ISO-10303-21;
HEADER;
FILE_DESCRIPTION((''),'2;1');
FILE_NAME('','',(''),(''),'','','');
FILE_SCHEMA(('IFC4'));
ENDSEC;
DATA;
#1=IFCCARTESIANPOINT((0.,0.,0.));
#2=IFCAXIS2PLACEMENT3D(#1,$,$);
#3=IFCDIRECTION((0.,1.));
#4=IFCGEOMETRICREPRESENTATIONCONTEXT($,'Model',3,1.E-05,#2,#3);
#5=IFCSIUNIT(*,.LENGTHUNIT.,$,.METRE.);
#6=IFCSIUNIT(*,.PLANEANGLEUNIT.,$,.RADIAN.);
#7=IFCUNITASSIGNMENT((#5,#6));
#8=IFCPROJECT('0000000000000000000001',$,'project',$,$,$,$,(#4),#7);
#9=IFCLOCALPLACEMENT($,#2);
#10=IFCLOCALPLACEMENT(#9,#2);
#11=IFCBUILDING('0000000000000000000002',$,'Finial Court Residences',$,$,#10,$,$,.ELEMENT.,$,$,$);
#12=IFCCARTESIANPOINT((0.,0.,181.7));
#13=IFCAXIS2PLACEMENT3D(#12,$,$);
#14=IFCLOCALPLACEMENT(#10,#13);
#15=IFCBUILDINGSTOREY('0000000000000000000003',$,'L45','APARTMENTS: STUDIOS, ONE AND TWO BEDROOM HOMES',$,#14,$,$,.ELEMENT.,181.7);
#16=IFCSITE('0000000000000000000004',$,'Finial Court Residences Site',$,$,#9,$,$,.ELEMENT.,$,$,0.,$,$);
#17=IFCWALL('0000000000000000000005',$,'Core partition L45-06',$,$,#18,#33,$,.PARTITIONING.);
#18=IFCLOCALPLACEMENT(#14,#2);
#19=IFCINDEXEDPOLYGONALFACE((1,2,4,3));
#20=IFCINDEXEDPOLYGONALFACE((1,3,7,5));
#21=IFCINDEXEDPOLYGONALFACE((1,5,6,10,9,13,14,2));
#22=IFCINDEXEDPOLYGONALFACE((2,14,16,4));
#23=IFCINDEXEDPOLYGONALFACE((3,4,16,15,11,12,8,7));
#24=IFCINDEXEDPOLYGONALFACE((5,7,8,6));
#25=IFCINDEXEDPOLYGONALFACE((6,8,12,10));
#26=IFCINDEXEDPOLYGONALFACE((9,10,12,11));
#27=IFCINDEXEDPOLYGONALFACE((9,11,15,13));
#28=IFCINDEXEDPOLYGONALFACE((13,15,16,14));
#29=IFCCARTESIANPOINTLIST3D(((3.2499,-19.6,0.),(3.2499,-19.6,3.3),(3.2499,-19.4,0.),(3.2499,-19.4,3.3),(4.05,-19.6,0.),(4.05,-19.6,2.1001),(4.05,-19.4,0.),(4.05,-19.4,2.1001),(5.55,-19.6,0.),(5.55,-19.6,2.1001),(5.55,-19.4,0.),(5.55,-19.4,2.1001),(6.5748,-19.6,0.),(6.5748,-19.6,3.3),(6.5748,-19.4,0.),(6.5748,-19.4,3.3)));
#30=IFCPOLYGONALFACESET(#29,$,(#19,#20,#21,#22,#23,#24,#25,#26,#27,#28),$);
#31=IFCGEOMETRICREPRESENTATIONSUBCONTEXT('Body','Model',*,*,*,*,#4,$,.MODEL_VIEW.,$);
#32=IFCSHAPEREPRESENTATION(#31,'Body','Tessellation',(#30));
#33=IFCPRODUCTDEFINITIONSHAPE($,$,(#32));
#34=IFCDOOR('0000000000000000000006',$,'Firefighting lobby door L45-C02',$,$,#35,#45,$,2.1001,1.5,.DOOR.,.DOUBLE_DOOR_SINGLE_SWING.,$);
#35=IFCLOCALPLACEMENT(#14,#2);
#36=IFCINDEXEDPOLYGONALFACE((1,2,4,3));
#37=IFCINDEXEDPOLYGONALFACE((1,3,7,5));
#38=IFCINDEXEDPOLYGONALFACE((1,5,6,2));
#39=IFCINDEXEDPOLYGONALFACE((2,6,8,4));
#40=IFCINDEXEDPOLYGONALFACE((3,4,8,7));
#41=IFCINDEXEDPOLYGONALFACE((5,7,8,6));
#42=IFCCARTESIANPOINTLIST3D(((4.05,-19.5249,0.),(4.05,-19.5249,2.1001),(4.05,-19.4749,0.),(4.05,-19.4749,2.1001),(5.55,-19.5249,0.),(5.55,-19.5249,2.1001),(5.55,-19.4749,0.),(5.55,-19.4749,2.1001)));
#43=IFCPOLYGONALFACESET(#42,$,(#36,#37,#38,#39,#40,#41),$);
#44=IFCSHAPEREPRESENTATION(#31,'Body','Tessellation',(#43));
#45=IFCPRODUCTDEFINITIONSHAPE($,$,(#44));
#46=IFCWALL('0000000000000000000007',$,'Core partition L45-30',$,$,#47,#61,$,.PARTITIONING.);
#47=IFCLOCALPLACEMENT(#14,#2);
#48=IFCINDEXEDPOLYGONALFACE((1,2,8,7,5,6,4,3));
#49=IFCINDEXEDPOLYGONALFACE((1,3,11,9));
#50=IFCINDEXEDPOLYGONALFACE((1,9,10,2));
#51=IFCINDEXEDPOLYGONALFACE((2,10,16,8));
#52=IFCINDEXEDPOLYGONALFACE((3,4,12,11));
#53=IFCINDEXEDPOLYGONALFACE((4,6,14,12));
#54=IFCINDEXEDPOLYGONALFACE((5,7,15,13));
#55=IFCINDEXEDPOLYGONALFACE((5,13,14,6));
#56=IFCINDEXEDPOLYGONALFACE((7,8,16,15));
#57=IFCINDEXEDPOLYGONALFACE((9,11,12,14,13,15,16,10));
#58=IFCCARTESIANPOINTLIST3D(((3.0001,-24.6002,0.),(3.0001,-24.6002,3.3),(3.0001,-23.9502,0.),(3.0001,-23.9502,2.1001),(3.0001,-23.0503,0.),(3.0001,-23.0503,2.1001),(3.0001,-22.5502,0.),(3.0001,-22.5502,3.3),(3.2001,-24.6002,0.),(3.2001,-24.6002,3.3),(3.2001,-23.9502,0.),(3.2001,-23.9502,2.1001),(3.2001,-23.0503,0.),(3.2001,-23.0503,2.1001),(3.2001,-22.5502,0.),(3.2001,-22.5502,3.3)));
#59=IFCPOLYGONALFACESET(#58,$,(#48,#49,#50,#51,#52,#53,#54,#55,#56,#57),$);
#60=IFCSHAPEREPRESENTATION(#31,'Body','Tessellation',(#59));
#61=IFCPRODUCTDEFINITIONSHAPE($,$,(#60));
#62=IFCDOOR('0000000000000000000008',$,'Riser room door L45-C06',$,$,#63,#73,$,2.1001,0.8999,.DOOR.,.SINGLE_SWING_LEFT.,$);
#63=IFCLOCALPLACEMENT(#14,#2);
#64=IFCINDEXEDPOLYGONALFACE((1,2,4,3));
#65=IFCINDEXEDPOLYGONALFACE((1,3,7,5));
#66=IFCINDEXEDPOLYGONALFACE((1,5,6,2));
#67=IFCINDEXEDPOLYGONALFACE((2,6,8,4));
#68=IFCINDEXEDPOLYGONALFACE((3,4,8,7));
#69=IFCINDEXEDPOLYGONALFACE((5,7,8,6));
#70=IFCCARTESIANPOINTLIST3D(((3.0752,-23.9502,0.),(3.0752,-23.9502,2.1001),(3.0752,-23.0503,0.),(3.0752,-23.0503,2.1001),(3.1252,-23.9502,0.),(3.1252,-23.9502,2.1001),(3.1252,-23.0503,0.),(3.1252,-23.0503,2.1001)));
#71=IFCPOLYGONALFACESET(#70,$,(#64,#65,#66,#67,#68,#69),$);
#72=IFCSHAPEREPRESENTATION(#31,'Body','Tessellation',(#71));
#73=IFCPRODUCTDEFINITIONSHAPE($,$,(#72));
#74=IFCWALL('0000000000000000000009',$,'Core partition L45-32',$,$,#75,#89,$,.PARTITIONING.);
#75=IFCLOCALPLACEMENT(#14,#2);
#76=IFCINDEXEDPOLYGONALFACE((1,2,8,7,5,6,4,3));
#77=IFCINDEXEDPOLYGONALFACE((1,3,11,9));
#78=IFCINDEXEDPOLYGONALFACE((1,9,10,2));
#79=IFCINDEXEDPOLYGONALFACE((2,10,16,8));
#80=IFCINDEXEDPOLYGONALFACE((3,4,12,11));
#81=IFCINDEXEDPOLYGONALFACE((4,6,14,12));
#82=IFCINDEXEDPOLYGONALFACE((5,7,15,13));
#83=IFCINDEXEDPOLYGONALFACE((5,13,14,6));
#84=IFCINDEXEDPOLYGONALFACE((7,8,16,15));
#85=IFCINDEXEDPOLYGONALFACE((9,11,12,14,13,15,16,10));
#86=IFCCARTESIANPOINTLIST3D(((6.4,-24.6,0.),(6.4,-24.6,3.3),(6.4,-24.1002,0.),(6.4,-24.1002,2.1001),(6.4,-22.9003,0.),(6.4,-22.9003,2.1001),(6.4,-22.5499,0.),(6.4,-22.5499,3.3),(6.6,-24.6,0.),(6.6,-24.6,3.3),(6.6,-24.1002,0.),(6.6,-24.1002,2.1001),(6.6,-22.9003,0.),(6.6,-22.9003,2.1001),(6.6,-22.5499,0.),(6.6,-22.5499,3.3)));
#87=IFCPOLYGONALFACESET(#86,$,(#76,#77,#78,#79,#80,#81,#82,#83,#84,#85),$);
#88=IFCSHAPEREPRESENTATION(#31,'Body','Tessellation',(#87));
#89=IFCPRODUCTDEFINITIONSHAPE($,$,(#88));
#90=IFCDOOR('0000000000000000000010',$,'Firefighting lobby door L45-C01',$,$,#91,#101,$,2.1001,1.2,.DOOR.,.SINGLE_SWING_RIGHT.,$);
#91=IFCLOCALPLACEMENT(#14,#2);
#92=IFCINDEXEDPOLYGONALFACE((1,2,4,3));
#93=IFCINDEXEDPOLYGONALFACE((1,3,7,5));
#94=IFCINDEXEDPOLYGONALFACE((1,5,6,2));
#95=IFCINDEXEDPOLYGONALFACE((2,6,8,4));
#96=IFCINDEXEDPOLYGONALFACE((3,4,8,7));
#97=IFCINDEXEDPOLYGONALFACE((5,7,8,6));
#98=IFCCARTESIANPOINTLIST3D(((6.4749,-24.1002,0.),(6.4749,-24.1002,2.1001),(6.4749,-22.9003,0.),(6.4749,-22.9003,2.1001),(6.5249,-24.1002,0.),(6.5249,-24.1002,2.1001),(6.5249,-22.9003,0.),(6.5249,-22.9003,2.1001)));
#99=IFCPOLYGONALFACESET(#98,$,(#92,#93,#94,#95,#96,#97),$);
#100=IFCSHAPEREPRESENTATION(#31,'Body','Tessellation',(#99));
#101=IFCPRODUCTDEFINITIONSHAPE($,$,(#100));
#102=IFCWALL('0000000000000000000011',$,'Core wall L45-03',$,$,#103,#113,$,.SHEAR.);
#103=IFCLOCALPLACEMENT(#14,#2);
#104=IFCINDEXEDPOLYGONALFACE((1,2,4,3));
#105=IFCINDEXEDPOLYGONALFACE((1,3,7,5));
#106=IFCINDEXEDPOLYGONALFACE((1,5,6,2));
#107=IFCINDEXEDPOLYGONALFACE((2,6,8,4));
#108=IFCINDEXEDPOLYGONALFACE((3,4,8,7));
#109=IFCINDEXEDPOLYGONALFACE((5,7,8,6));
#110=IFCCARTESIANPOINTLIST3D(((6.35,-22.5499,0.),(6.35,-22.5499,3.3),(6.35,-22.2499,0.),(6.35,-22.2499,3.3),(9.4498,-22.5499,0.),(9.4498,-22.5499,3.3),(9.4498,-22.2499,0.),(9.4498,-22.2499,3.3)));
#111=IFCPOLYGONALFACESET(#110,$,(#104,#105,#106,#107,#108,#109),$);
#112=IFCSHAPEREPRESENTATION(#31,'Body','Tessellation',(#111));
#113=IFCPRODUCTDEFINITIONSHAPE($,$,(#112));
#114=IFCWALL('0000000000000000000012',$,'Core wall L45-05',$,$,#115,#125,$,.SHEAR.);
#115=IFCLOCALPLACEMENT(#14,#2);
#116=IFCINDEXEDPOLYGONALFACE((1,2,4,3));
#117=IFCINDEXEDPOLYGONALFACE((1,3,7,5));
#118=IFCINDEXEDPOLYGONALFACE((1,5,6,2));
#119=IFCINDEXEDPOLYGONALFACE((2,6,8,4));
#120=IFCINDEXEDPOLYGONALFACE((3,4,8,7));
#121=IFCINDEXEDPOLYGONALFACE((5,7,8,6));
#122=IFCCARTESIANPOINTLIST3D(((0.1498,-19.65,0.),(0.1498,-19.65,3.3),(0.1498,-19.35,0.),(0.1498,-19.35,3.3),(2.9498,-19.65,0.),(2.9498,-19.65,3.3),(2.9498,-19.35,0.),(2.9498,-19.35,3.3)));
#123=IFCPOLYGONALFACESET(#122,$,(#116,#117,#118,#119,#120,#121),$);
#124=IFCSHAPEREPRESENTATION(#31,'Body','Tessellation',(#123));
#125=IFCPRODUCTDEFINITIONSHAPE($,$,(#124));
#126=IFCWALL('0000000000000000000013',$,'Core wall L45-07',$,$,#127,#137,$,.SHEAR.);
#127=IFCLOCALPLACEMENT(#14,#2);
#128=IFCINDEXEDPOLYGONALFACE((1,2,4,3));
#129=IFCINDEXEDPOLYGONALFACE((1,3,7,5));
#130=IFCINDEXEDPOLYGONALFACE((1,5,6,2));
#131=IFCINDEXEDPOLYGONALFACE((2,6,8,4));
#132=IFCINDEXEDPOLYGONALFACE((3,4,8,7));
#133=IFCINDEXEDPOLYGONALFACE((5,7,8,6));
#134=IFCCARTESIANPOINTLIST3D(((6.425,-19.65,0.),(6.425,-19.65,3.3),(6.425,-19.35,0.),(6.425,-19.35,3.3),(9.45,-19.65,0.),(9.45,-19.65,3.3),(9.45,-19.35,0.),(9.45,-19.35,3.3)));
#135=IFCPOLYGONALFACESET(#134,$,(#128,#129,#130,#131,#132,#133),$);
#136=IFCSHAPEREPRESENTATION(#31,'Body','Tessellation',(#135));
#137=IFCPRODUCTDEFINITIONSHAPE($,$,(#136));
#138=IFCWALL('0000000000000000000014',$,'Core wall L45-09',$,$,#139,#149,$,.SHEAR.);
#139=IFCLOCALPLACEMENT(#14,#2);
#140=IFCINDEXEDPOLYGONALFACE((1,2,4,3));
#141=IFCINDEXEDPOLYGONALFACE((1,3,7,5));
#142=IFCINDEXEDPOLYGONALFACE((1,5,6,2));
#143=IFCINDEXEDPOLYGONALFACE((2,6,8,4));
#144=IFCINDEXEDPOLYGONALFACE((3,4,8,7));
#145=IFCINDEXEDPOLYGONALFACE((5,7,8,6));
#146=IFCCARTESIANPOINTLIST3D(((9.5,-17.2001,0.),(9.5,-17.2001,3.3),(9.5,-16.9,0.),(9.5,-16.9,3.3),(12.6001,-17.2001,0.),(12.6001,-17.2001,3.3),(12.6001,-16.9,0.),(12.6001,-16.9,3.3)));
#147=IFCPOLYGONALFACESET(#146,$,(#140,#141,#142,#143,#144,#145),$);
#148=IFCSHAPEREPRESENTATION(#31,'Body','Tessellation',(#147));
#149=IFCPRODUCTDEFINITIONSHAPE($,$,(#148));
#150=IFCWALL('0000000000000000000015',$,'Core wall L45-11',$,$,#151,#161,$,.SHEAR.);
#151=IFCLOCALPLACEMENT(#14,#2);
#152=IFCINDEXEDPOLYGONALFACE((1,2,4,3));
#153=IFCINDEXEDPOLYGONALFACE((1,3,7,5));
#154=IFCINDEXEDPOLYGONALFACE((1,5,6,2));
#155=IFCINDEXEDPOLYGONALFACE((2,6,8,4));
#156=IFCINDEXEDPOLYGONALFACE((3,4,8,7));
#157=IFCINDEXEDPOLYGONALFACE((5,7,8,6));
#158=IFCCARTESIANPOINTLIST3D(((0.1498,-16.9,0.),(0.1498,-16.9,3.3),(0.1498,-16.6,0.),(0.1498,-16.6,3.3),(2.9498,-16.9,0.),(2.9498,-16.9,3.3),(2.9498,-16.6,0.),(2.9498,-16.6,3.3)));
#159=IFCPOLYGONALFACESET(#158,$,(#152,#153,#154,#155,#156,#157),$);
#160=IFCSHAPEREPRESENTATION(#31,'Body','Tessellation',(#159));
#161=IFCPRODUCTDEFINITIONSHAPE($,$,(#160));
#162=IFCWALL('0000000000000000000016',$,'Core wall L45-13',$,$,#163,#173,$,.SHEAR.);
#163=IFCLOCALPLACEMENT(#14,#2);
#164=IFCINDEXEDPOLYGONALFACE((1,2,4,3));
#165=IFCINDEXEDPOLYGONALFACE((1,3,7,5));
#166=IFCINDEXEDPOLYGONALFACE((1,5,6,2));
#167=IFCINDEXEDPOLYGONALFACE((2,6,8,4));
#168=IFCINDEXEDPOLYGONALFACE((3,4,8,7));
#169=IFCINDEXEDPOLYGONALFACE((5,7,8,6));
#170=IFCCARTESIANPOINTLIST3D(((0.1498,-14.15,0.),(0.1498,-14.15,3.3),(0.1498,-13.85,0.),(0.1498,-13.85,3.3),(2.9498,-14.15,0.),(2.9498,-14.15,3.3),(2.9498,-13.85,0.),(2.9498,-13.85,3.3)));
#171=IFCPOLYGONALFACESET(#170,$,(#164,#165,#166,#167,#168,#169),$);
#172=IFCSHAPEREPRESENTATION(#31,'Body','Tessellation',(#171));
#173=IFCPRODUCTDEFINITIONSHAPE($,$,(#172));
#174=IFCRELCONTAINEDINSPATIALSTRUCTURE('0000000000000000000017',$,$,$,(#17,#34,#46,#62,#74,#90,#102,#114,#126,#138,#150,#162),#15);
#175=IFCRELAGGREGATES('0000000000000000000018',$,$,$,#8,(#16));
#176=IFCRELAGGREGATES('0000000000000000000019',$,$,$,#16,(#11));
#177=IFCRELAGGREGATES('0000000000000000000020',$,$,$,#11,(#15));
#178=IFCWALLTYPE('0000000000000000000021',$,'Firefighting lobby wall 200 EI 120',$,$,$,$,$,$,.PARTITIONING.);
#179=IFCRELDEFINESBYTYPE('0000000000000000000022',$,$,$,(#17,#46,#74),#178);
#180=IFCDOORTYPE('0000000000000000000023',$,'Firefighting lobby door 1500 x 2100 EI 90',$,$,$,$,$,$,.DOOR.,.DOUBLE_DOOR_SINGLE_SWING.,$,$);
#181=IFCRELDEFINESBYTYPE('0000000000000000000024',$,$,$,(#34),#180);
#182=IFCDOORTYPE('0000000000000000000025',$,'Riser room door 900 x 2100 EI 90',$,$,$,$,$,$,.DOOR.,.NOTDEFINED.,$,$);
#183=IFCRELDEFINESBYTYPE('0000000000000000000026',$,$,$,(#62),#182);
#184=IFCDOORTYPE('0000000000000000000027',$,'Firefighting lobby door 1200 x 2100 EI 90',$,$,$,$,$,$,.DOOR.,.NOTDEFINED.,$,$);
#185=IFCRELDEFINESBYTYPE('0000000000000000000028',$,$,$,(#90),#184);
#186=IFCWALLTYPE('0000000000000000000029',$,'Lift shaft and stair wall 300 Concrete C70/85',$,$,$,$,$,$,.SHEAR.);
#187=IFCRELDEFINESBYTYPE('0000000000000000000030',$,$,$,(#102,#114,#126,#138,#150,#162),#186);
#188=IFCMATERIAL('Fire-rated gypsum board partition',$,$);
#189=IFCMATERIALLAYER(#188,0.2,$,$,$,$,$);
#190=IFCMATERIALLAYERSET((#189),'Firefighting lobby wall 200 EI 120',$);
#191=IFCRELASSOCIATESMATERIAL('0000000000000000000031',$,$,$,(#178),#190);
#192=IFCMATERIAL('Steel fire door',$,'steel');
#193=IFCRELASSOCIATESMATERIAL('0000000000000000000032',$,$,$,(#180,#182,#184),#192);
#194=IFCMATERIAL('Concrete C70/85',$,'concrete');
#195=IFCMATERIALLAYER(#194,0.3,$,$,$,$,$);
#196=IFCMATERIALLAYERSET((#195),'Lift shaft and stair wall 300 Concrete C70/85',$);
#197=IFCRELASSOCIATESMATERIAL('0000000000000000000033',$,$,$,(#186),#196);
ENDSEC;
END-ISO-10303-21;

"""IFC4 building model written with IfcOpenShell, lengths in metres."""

from ifc_helpers import new_model, si_unit, direction, frame, frame_2d, origin, place, context, subcontext, project, spatial, rectangle, extrude, material, layer, layer_set, type_object, element, fill, save


model = new_model("IFC4")

# Units and contexts
model_context = context("Model", 3, precision=1e-05, world=origin(), true_north=direction((0.0, 1.0)))
body_context = subcontext(model_context, "Body", "Model", "MODEL_VIEW")
ifc_project = project(units=[si_unit("LENGTHUNIT", "METRE"), si_unit("PLANEANGLEUNIT", "RADIAN")], contexts=[model_context])

# Site, building, storey
site_placement = place(None, origin())
site = spatial("IfcSite", under=ifc_project, at=site_placement, Name="Finial Court Residences Site", CompositionType="ELEMENT", RefElevation=0.0)
building_placement = place(site_placement, origin())
building = spatial("IfcBuilding", under=site, at=building_placement, Name="Finial Court Residences", CompositionType="ELEMENT")
storey_placement = place(building_placement, frame((0.0, 0.0, 181.7)))
storey = spatial("IfcBuildingStorey", under=building, at=storey_placement, Name="L45", Description="APARTMENTS: STUDIOS, ONE AND TWO BEDROOM HOMES", CompositionType="ELEMENT", Elevation=181.7)

# Walls, openings, doors
ifc_material_1 = material(Name="Fire-rated gypsum board partition")
ifc_layer_1 = layer(ifc_material_1, 0.2)
ifc_layer_set_1 = layer_set([ifc_layer_1], Name="Firefighting lobby wall 200 EI 120")
wall_type_1 = type_object("IfcWallType", Name="Firefighting lobby wall 200 EI 120", PredefinedType="PARTITIONING", material=ifc_layer_set_1)
wall_1_placement = place(storey_placement, frame((6.575, -19.5, 0.0), z_axis=(0.0, 0.0, 1.0), x_axis=(-1.0, 0.0, 0.0)))
wall_1 = element("IfcWall", 1, at=wall_1_placement, inside=storey, type_object=wall_type_1, Name="Core partition L45-06", PredefinedType="PARTITIONING", context=body_context, shape_type="SweptSolid", body=[
    extrude(rectangle(XDim=3.325, YDim=0.2, at=frame_2d((1.6626, 0.0))), origin(), (0.0, 0.0, 1.0), 3.3),
])
opening_1_placement = place(wall_1_placement, frame((1.0249, 0.0, 0.0)))
opening_1 = element("IfcOpeningElement", 2, at=opening_1_placement, cuts=wall_1, PredefinedType="OPENING", context=body_context, shape_type="SweptSolid", body=[
    extrude(rectangle(XDim=1.5, YDim=2.1001, at=frame_2d((0.75, 1.05))), frame((0.0, 0.1099, 0.0), z_axis=(0.0, -1.0, 0.0), x_axis=(1.0, 0.0, 0.0)), (0.0, 0.0, 1.0), 0.22),
])
ifc_material_2 = material(Name="Steel fire door", Category="steel")
door_type_1 = type_object("IfcDoorType", Name="Firefighting lobby door 1500 x 2100 EI 90", OperationType="DOUBLE_DOOR_SINGLE_SWING", PredefinedType="DOOR", material=ifc_material_2)
door_1_placement = place(opening_1_placement, origin())
door_1 = element("IfcDoor", 3, at=door_1_placement, inside=storey, type_object=door_type_1, Name="Firefighting lobby door L45-C02", OperationType="DOUBLE_DOOR_SINGLE_SWING", OverallHeight=2.1001, OverallWidth=1.5, PredefinedType="DOOR", context=body_context, shape_type="SweptSolid", body=[
    extrude(rectangle(XDim=1.5, YDim=2.1001, at=frame_2d((0.75, 1.05))), frame((0.0, 0.0249, 0.0), z_axis=(0.0, -1.0, 0.0), x_axis=(1.0, 0.0, 0.0)), (0.0, 0.0, 1.0), 0.05),
])
fill(opening_1, door_1)
wall_2_placement = place(storey_placement, frame((3.1001, -24.6001, 0.0), z_axis=(0.0, 0.0, 1.0), x_axis=(0.0, 1.0, 0.0)))
wall_2 = element("IfcWall", 4, at=wall_2_placement, inside=storey, type_object=wall_type_1, Name="Core partition L45-30", PredefinedType="PARTITIONING", context=body_context, shape_type="SweptSolid", body=[
    extrude(rectangle(XDim=2.05, YDim=0.2, at=frame_2d((1.0249, 0.0))), origin(), (0.0, 0.0, 1.0), 3.3),
])
opening_2_placement = place(wall_2_placement, frame((0.6499, 0.0, 0.0)))
opening_2 = element("IfcOpeningElement", 5, at=opening_2_placement, cuts=wall_2, PredefinedType="OPENING", context=body_context, shape_type="SweptSolid", body=[
    extrude(rectangle(XDim=0.8999, YDim=2.1001, at=frame_2d((0.45, 1.05))), frame((0.0, 0.1099, 0.0), z_axis=(0.0, -1.0, 0.0), x_axis=(1.0, 0.0, 0.0)), (0.0, 0.0, 1.0), 0.22),
])
door_type_2 = type_object("IfcDoorType", Name="Riser room door 900 x 2100 EI 90", OperationType="NOTDEFINED", PredefinedType="DOOR", material=ifc_material_2)
door_2_placement = place(opening_2_placement, origin())
door_2 = element("IfcDoor", 6, at=door_2_placement, inside=storey, type_object=door_type_2, Name="Riser room door L45-C06", OperationType="SINGLE_SWING_LEFT", OverallHeight=2.1001, OverallWidth=0.8999, PredefinedType="DOOR", context=body_context, shape_type="SweptSolid", body=[
    extrude(rectangle(XDim=0.8999, YDim=2.1001, at=frame_2d((0.45, 1.05))), frame((0.0, 0.0249, 0.0), z_axis=(0.0, -1.0, 0.0), x_axis=(1.0, 0.0, 0.0)), (0.0, 0.0, 1.0), 0.05),
])
fill(opening_2, door_2)
wall_3_placement = place(storey_placement, frame((6.5, -22.55, 0.0), z_axis=(0.0, 0.0, 1.0), x_axis=(0.0, -1.0, 0.0)))
wall_3 = element("IfcWall", 7, at=wall_3_placement, inside=storey, type_object=wall_type_1, Name="Core partition L45-32", PredefinedType="PARTITIONING", context=body_context, shape_type="SweptSolid", body=[
    extrude(rectangle(XDim=2.05, YDim=0.2, at=frame_2d((1.0249, 0.0))), origin(), (0.0, 0.0, 1.0), 3.3),
])
opening_3_placement = place(wall_3_placement, frame((0.3501, 0.0, 0.0)))
opening_3 = element("IfcOpeningElement", 8, at=opening_3_placement, cuts=wall_3, PredefinedType="OPENING", context=body_context, shape_type="SweptSolid", body=[
    extrude(rectangle(XDim=1.2, YDim=2.1001, at=frame_2d((0.6001, 1.05))), frame((0.0, 0.1099, 0.0), z_axis=(0.0, -1.0, 0.0), x_axis=(1.0, 0.0, 0.0)), (0.0, 0.0, 1.0), 0.22),
])
door_type_3 = type_object("IfcDoorType", Name="Firefighting lobby door 1200 x 2100 EI 90", OperationType="NOTDEFINED", PredefinedType="DOOR", material=ifc_material_2)
door_3_placement = place(opening_3_placement, origin())
door_3 = element("IfcDoor", 9, at=door_3_placement, inside=storey, type_object=door_type_3, Name="Firefighting lobby door L45-C01", OperationType="SINGLE_SWING_RIGHT", OverallHeight=2.1001, OverallWidth=1.2, PredefinedType="DOOR", context=body_context, shape_type="SweptSolid", body=[
    extrude(rectangle(XDim=1.2, YDim=2.1001, at=frame_2d((0.6001, 1.05))), frame((0.0, 0.0249, 0.0), z_axis=(0.0, -1.0, 0.0), x_axis=(1.0, 0.0, 0.0)), (0.0, 0.0, 1.0), 0.05),
])
fill(opening_3, door_3)

# Walls
ifc_material_3 = material(Name="Concrete C70/85", Category="concrete")
ifc_layer_2 = layer(ifc_material_3, 0.3)
ifc_layer_set_2 = layer_set([ifc_layer_2], Name="Lift shaft and stair wall 300 Concrete C70/85")
wall_type_2 = type_object("IfcWallType", Name="Lift shaft and stair wall 300 Concrete C70/85", PredefinedType="SHEAR", material=ifc_layer_set_2)
wall_4_placement = place(storey_placement, frame((6.3501, -22.3999, 0.0), z_axis=(0.0, 0.0, 1.0), x_axis=(1.0, 0.0, 0.0)))
element("IfcWall", 10, at=wall_4_placement, inside=storey, type_object=wall_type_2, Name="Core wall L45-03", PredefinedType="SHEAR", context=body_context, shape_type="SweptSolid", body=[
    extrude(rectangle(XDim=3.0999, YDim=0.3, at=frame_2d((1.5498, 0.0))), origin(), (0.0, 0.0, 1.0), 3.3),
])
wall_5_placement = place(storey_placement, frame((0.1499, -19.5, 0.0), z_axis=(0.0, 0.0, 1.0), x_axis=(1.0, 0.0, 0.0)))
element("IfcWall", 11, at=wall_5_placement, inside=storey, type_object=wall_type_2, Name="Core wall L45-05", PredefinedType="SHEAR", context=body_context, shape_type="SweptSolid", body=[
    extrude(rectangle(XDim=2.8, YDim=0.3, at=frame_2d((1.3999, 0.0))), origin(), (0.0, 0.0, 1.0), 3.3),
])
wall_6_placement = place(storey_placement, frame((6.425, -19.5, 0.0), z_axis=(0.0, 0.0, 1.0), x_axis=(1.0, 0.0, 0.0)))
element("IfcWall", 12, at=wall_6_placement, inside=storey, type_object=wall_type_2, Name="Core wall L45-07", PredefinedType="SHEAR", context=body_context, shape_type="SweptSolid", body=[
    extrude(rectangle(XDim=3.0249, YDim=0.3, at=frame_2d((1.5125, 0.0))), origin(), (0.0, 0.0, 1.0), 3.3),
])
wall_7_placement = place(storey_placement, frame((9.5, -17.05, 0.0), z_axis=(0.0, 0.0, 1.0), x_axis=(1.0, 0.0, 0.0)))
element("IfcWall", 13, at=wall_7_placement, inside=storey, type_object=wall_type_2, Name="Core wall L45-09", PredefinedType="SHEAR", context=body_context, shape_type="SweptSolid", body=[
    extrude(rectangle(XDim=3.1001, YDim=0.3, at=frame_2d((1.55, 0.0))), origin(), (0.0, 0.0, 1.0), 3.3),
])
for number, where, z_axis, x_axis, name in (
    (14, (0.1499, -16.75, 0.0), (0.0, 0.0, 1.0), (1.0, 0.0, 0.0), "Core wall L45-11"),
    (15, (0.1499, -14.0, 0.0), (0.0, 0.0, 1.0), (1.0, 0.0, 0.0), "Core wall L45-13"),
):
    element("IfcWall", number, at=place(storey_placement, frame(where, z_axis=z_axis, x_axis=x_axis)), inside=storey, type_object=wall_type_2, Name=name, PredefinedType="SHEAR", context=body_context, shape_type="SweptSolid", body=[
        extrude(rectangle(XDim=2.8, YDim=0.3, at=frame_2d((1.3999, 0.0))), origin(), (0.0, 0.0, 1.0), 3.3),
    ])

save(model, "model.ifc")
